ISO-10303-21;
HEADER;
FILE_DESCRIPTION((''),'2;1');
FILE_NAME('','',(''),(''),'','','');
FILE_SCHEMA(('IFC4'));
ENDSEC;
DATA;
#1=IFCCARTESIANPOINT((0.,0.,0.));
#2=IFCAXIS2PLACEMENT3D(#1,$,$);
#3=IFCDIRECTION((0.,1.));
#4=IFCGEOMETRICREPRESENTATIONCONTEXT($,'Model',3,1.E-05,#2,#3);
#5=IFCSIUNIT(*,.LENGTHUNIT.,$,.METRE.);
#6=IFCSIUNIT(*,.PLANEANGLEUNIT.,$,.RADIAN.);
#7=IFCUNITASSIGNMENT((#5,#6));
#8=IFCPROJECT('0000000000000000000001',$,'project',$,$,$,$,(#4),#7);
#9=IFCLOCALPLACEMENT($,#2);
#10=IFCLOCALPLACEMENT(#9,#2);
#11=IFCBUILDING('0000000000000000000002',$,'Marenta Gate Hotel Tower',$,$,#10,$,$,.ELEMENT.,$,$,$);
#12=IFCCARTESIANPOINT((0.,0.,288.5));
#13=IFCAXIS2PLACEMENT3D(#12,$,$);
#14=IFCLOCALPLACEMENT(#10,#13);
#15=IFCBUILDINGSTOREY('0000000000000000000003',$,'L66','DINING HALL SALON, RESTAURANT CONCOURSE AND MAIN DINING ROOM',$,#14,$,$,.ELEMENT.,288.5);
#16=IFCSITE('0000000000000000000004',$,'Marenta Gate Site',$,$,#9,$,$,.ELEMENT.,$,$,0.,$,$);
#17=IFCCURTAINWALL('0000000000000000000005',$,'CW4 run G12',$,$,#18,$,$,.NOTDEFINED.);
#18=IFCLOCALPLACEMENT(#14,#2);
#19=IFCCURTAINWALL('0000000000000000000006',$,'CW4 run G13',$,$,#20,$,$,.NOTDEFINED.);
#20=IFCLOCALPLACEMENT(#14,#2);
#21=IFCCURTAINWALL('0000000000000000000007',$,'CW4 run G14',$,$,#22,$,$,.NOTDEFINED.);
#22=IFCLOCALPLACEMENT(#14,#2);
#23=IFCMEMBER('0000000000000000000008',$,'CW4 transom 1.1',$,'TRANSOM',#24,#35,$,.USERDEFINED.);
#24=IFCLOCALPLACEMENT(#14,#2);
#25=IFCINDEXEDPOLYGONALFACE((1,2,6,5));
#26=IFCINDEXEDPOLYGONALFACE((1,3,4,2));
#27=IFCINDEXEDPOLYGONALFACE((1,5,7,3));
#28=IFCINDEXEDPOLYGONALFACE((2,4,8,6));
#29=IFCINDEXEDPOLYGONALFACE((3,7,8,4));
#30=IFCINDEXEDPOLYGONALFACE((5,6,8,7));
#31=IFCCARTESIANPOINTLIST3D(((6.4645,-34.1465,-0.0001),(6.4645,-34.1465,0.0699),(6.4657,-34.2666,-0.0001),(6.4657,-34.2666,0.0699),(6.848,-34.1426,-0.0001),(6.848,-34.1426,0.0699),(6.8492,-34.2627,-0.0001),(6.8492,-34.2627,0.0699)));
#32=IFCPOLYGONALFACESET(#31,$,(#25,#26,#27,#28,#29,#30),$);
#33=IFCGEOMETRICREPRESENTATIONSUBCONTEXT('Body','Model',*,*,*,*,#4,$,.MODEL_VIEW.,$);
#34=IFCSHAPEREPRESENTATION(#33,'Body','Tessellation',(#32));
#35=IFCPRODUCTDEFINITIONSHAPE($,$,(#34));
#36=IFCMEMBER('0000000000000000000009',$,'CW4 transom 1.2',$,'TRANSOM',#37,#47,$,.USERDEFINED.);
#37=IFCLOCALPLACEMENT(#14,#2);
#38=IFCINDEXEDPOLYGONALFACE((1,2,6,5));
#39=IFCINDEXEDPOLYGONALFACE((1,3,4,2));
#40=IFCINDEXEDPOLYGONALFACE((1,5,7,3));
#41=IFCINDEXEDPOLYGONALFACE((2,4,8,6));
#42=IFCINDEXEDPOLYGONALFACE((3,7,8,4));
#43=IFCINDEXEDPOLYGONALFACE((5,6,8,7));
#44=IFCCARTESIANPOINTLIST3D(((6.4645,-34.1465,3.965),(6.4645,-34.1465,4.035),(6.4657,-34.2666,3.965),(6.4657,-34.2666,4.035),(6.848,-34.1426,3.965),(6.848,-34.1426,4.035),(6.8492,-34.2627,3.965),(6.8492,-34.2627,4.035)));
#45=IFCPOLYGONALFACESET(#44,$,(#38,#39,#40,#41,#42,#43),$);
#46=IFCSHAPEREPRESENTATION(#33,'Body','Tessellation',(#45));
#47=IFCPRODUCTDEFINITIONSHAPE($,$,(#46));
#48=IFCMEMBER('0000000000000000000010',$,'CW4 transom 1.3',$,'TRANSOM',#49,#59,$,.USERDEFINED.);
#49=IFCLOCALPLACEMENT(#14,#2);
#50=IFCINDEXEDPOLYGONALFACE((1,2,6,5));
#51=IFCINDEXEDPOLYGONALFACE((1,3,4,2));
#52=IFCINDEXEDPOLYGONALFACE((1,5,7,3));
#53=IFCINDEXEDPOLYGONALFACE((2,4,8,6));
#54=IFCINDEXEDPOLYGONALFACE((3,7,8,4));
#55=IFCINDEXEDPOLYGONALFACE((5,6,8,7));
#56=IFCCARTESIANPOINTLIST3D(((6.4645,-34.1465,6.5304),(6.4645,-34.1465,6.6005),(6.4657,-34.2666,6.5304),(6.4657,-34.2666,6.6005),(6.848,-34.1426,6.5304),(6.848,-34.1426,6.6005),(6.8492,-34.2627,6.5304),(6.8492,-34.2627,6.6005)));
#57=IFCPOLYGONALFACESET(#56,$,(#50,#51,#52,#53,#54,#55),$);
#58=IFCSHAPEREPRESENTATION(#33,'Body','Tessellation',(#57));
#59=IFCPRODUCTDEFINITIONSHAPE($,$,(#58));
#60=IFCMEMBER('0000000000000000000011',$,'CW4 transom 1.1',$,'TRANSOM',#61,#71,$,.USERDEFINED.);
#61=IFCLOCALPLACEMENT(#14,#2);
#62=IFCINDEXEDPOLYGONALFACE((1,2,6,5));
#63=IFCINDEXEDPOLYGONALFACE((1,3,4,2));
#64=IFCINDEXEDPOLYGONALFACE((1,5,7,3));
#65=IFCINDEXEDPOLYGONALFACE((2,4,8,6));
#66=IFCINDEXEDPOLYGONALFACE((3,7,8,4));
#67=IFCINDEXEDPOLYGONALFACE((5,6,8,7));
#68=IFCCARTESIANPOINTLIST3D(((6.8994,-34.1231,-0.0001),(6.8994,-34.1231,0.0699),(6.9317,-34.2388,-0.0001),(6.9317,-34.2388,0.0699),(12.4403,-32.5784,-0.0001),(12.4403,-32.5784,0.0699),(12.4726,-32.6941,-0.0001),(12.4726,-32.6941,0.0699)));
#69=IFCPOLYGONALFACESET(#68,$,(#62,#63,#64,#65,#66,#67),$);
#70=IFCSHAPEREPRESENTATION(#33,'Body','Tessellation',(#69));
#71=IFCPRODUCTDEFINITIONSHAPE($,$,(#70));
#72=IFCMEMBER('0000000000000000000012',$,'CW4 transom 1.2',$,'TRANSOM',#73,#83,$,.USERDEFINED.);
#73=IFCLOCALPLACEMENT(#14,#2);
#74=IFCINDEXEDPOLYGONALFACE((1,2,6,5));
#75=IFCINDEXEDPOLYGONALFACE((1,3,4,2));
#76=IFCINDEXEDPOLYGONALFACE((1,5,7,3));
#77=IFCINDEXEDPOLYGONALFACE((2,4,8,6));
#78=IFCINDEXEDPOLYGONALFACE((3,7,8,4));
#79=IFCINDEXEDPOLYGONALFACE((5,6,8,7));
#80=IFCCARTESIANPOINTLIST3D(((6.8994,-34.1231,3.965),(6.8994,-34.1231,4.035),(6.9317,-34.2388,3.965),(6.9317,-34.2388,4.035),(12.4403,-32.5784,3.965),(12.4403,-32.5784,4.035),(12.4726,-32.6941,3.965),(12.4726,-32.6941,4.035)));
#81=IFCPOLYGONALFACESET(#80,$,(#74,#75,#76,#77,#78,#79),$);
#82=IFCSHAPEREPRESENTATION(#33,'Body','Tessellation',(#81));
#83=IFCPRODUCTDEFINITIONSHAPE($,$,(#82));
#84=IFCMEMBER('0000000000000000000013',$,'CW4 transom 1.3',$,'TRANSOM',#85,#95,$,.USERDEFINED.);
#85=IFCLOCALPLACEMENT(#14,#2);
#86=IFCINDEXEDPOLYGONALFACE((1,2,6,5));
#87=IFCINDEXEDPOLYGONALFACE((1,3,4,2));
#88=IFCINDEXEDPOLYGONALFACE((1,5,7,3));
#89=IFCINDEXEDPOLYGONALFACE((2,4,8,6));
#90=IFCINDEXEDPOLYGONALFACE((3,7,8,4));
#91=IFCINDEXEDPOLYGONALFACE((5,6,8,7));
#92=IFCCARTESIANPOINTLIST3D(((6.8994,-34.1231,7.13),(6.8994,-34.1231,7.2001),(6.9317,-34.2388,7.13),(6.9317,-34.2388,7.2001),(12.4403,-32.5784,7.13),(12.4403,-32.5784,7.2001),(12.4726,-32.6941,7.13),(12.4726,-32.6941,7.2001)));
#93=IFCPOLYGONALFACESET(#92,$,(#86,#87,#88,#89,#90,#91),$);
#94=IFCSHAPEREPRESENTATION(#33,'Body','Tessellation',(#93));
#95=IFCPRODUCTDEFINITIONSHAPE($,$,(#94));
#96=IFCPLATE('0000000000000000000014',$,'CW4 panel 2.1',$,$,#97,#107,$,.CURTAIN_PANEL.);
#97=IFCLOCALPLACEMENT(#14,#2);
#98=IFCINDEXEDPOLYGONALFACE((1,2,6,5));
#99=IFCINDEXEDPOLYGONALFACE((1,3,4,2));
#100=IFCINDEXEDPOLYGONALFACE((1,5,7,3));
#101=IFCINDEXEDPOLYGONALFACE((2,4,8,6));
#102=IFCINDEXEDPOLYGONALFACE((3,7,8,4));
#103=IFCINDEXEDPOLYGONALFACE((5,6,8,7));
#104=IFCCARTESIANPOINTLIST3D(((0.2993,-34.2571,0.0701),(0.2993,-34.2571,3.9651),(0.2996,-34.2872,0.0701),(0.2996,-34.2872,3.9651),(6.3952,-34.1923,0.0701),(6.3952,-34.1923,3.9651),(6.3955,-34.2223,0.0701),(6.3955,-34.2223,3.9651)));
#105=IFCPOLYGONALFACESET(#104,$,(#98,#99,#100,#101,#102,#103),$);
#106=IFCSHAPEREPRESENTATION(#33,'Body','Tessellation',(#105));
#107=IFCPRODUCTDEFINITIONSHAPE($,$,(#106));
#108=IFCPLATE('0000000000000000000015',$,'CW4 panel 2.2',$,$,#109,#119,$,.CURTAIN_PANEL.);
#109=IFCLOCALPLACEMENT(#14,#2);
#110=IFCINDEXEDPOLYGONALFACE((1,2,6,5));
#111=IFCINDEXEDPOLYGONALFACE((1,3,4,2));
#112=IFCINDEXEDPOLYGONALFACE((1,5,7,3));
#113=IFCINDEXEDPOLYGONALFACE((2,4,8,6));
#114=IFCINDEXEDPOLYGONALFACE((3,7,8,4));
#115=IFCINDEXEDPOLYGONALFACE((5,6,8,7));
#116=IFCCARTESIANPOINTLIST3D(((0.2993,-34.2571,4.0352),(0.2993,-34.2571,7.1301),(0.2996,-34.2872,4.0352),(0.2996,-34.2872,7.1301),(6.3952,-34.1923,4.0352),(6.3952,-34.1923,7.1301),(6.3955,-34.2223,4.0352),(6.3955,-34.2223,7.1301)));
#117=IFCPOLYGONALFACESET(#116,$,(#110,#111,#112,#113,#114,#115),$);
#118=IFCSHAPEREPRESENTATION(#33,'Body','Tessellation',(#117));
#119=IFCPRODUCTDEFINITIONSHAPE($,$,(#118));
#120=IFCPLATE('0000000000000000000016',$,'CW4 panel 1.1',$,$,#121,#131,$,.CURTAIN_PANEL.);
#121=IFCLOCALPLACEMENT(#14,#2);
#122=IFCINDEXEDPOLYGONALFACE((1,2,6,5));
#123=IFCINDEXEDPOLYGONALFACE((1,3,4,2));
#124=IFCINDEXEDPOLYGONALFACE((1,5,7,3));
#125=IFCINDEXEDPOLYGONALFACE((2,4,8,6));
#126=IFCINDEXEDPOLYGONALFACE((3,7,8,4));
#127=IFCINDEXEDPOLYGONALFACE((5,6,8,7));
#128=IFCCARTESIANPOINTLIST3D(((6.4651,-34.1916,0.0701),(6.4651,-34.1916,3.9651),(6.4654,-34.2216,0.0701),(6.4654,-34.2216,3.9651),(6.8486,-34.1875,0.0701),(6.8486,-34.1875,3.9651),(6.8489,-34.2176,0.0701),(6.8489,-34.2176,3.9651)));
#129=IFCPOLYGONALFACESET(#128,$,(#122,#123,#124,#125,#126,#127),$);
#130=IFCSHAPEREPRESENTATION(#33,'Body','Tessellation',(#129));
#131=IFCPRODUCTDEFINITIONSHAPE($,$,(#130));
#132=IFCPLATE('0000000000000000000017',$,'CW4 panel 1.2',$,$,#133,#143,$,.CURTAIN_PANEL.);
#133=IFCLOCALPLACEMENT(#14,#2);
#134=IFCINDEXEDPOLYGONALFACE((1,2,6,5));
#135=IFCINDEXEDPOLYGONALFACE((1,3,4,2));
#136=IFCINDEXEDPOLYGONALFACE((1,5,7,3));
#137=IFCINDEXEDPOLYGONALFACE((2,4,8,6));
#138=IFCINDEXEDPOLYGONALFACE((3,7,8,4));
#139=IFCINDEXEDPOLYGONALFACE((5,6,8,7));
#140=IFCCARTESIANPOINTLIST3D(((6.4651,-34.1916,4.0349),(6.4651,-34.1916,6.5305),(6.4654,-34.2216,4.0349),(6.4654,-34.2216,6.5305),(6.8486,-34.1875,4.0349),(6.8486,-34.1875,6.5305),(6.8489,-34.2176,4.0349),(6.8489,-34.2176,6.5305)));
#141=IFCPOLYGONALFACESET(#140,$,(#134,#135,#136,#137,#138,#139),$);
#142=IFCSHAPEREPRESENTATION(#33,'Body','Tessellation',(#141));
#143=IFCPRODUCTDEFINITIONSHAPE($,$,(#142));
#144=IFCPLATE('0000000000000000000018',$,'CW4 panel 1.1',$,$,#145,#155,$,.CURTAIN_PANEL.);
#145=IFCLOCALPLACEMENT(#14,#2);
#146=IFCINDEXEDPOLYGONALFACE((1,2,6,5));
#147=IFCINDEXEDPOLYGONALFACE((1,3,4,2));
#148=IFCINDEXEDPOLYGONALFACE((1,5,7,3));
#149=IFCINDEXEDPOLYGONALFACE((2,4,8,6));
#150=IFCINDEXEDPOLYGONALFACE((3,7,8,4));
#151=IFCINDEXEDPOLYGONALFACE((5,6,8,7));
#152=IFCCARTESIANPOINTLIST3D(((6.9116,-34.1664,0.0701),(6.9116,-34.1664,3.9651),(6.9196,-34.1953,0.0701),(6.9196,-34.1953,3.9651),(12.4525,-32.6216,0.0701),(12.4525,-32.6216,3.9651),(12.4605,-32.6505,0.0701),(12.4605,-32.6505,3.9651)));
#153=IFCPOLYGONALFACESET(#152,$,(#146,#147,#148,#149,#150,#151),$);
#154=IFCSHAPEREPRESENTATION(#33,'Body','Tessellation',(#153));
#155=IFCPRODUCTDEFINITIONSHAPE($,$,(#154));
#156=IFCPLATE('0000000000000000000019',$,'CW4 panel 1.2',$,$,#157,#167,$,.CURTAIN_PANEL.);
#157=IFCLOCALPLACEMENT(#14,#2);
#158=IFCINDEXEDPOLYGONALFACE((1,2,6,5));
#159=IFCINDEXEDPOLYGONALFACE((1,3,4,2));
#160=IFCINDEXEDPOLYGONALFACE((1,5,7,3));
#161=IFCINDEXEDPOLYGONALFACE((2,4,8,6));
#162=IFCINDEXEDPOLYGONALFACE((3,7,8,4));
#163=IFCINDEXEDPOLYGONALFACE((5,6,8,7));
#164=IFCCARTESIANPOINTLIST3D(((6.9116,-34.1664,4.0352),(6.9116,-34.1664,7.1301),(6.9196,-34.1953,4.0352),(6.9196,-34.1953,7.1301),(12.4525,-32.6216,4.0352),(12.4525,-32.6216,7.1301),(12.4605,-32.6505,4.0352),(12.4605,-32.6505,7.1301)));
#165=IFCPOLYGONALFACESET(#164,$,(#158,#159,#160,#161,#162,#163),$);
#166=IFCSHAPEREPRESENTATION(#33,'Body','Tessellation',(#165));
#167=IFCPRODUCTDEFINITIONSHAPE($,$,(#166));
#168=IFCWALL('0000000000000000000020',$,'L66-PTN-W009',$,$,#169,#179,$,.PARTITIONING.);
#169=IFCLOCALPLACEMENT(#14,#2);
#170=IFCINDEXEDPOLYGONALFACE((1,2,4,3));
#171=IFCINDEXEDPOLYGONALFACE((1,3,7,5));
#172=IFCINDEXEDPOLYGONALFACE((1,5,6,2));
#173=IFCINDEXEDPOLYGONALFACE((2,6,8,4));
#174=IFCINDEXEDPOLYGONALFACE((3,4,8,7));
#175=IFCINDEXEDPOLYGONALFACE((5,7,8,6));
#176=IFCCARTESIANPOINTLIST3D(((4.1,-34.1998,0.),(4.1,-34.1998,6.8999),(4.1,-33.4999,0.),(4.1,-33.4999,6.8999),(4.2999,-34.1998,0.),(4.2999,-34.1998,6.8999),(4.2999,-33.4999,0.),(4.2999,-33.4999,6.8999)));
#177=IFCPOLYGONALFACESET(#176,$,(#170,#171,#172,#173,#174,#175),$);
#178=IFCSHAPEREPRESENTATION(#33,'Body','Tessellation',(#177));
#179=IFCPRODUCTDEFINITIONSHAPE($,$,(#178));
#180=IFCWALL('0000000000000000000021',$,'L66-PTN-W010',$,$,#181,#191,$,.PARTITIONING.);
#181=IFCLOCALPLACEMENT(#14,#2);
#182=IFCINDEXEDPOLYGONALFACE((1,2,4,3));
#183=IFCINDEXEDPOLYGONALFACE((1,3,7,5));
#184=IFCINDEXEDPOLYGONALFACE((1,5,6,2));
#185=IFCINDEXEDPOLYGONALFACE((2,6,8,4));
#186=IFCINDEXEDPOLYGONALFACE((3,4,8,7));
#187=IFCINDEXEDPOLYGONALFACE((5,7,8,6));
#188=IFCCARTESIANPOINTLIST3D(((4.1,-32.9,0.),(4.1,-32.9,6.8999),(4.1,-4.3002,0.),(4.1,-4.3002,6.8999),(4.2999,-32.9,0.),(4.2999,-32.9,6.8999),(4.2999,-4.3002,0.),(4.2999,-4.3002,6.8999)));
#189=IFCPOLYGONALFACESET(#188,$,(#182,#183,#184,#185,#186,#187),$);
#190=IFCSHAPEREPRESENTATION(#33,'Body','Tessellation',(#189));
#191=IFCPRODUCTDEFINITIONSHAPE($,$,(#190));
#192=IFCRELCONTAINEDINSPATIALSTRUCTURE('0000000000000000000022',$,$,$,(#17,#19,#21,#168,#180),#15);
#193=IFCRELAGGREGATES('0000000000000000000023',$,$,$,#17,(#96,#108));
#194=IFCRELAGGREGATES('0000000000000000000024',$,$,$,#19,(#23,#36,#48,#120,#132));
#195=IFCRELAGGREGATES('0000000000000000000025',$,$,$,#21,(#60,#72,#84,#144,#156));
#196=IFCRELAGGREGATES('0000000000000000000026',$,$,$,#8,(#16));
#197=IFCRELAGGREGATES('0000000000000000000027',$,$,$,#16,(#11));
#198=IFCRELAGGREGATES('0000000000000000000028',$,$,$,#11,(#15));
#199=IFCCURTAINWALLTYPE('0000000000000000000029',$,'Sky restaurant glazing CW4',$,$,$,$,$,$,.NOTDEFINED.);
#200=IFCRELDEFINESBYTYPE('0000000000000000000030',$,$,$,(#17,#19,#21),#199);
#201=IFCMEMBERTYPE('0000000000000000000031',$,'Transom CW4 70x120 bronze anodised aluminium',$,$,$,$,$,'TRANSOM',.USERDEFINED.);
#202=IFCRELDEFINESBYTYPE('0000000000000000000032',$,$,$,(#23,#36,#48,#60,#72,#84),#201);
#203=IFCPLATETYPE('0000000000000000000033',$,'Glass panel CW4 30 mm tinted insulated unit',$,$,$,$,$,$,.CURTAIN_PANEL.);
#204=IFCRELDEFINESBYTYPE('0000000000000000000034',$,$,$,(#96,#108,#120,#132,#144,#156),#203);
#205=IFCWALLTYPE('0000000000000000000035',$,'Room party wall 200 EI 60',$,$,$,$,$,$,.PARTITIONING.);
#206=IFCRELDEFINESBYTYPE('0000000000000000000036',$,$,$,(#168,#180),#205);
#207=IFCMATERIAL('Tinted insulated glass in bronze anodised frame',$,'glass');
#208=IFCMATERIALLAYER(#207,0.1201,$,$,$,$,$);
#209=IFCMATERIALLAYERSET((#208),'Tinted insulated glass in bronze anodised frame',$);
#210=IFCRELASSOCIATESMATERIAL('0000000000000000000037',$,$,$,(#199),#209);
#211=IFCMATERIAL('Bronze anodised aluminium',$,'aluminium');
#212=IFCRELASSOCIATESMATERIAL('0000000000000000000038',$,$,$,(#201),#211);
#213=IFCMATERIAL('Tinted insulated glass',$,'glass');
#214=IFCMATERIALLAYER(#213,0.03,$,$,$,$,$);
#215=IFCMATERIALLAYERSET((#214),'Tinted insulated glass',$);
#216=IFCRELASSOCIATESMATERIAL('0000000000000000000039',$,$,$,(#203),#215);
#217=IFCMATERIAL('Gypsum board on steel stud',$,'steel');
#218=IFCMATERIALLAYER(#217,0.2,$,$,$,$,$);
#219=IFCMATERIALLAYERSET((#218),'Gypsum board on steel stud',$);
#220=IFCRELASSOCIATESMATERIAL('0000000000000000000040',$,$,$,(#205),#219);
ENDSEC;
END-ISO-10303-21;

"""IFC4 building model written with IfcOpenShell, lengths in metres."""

from ifc_helpers import new_model, si_unit, direction, frame, frame_2d, origin, origin_2d, place, context, subcontext, project, spatial, rectangle, extrude, material, layer, layer_set, material_profile, profile_set, type_object, element, aggregate, save


model = new_model("IFC4")

# Units and contexts
model_context = context("Model", 3, precision=1e-05, world=origin(), true_north=direction((0.0, 1.0)))
body_context = subcontext(model_context, "Body", "Model", "MODEL_VIEW")
ifc_project = project(units=[si_unit("LENGTHUNIT", "METRE"), si_unit("PLANEANGLEUNIT", "RADIAN")], contexts=[model_context])

# Site, building, storey
site_placement = place(None, origin())
site = spatial("IfcSite", under=ifc_project, at=site_placement, Name="Marenta Gate Site", CompositionType="ELEMENT", RefElevation=0.0)
building_placement = place(site_placement, origin())
building = spatial("IfcBuilding", under=site, at=building_placement, Name="Marenta Gate Hotel Tower", CompositionType="ELEMENT")
storey_placement = place(building_placement, frame((0.0, 0.0, 288.5)))
storey = spatial("IfcBuildingStorey", under=building, at=storey_placement, Name="L66", Description="DINING HALL SALON, RESTAURANT CONCOURSE AND MAIN DINING ROOM", CompositionType="ELEMENT", Elevation=288.5)

# Curtain walls
ifc_material_1 = material(Name="Tinted insulated glass in bronze anodised frame", Category="glass")
ifc_layer_1 = layer(ifc_material_1, 0.1201)
ifc_layer_set_1 = layer_set([ifc_layer_1], Name="Tinted insulated glass in bronze anodised frame")
curtain_wall_type = type_object("IfcCurtainWallType", Name="Sky restaurant glazing CW4", PredefinedType="NOTDEFINED", material=ifc_layer_set_1)
curtain_wall_1_placement = place(storey_placement, origin())
curtain_wall_1 = element("IfcCurtainWall", 1, at=curtain_wall_1_placement, inside=storey, type_object=curtain_wall_type, Name="CW4 run G12", PredefinedType="NOTDEFINED")
curtain_wall_2_placement = place(storey_placement, origin())
curtain_wall_2 = element("IfcCurtainWall", 2, at=curtain_wall_2_placement, inside=storey, type_object=curtain_wall_type, Name="CW4 run G13", PredefinedType="NOTDEFINED")
curtain_wall_3_placement = place(storey_placement, origin())
curtain_wall_3 = element("IfcCurtainWall", 3, at=curtain_wall_3_placement, inside=storey, type_object=curtain_wall_type, Name="CW4 run G14", PredefinedType="NOTDEFINED")

# Members
ifc_material_2 = material(Name="Bronze anodised aluminium", Category="aluminium")
ifc_material_profile_1 = material_profile(ifc_material_2, rectangle(XDim=0.1201, YDim=0.0701, at=origin_2d()), Name="Transom CW4 70x120 bronze anodised aluminium")
ifc_profile_set_1 = profile_set([ifc_material_profile_1], Name="Bronze anodised aluminium")
member_type_1 = type_object("IfcMemberType", Name="Transom CW4 70x120 bronze anodised aluminium", ElementType="TRANSOM", PredefinedType="USERDEFINED", material=ifc_profile_set_1)
member_1_placement = place(storey_placement, frame((6.4651, -34.2065, 0.0349), z_axis=(0.999948, 0.010184, 0.0), x_axis=(-0.010184, 0.999948, 0.0)))
member_1 = element("IfcMember", 4, at=member_1_placement, type_object=member_type_1, Name="CW4 transom 1.1", ObjectType="TRANSOM", PredefinedType="USERDEFINED", context=body_context, shape_type="SweptSolid", body=[
    extrude(rectangle(XDim=0.1201, YDim=0.0701, at=origin_2d()), origin(), (0.0, 0.0, 1.0), 0.3835),
])
member_2_placement = place(storey_placement, frame((6.4651, -34.2065, 4.0), z_axis=(0.999948, 0.010184, 0.0), x_axis=(-0.010184, 0.999948, 0.0)))
member_2 = element("IfcMember", 5, at=member_2_placement, type_object=member_type_1, Name="CW4 transom 1.2", ObjectType="TRANSOM", PredefinedType="USERDEFINED", context=body_context, shape_type="SweptSolid", body=[
    extrude(rectangle(XDim=0.1201, YDim=0.0701, at=origin_2d()), origin(), (0.0, 0.0, 1.0), 0.3835),
])
member_3_placement = place(storey_placement, frame((6.4651, -34.2065, 6.5654), z_axis=(0.999948, 0.010184, 0.0), x_axis=(-0.010184, 0.999948, 0.0)))
member_3 = element("IfcMember", 6, at=member_3_placement, type_object=member_type_1, Name="CW4 transom 1.3", ObjectType="TRANSOM", PredefinedType="USERDEFINED", context=body_context, shape_type="SweptSolid", body=[
    extrude(rectangle(XDim=0.1201, YDim=0.0701, at=origin_2d()), origin(), (0.0, 0.0, 1.0), 0.3835),
])
member_4_placement = place(storey_placement, frame((6.9155, -34.1809, 0.0349), z_axis=(0.963271, 0.268532, 0.0), x_axis=(-0.268532, 0.963271, 0.0)))
member_4 = element("IfcMember", 7, at=member_4_placement, type_object=member_type_1, Name="CW4 transom 1.1", ObjectType="TRANSOM", PredefinedType="USERDEFINED", context=body_context, shape_type="SweptSolid", body=[
    extrude(rectangle(XDim=0.1201, YDim=0.0701, at=origin_2d()), origin(), (0.0, 0.0, 1.0), 5.7522),
])
member_5_placement = place(storey_placement, frame((6.9155, -34.1809, 4.0), z_axis=(0.963271, 0.268532, 0.0), x_axis=(-0.268532, 0.963271, 0.0)))
member_5 = element("IfcMember", 8, at=member_5_placement, type_object=member_type_1, Name="CW4 transom 1.2", ObjectType="TRANSOM", PredefinedType="USERDEFINED", context=body_context, shape_type="SweptSolid", body=[
    extrude(rectangle(XDim=0.1201, YDim=0.0701, at=origin_2d()), origin(), (0.0, 0.0, 1.0), 5.7522),
])
member_6_placement = place(storey_placement, frame((6.9155, -34.1809, 7.165), z_axis=(0.963271, 0.268532, 0.0), x_axis=(-0.268532, 0.963271, 0.0)))
member_6 = element("IfcMember", 9, at=member_6_placement, type_object=member_type_1, Name="CW4 transom 1.3", ObjectType="TRANSOM", PredefinedType="USERDEFINED", context=body_context, shape_type="SweptSolid", body=[
    extrude(rectangle(XDim=0.1201, YDim=0.0701, at=origin_2d()), origin(), (0.0, 0.0, 1.0), 5.7522),
])

# Plates
ifc_material_3 = material(Name="Tinted insulated glass", Category="glass")
ifc_layer_2 = layer(ifc_material_3, 0.03)
ifc_layer_set_2 = layer_set([ifc_layer_2], Name="Tinted insulated glass")
plate_type = type_object("IfcPlateType", Name="Glass panel CW4 30 mm tinted insulated unit", PredefinedType="CURTAIN_PANEL", material=ifc_layer_set_2)
plate_1_placement = place(storey_placement, frame((3.3474, -34.2397, 0.0701), z_axis=(0.0, 0.0, 1.0), x_axis=(0.999943, 0.010634, 0.0)))
plate_1 = element("IfcPlate", 10, at=plate_1_placement, type_object=plate_type, Name="CW4 panel 2.1", PredefinedType="CURTAIN_PANEL", context=body_context, shape_type="SweptSolid", body=[
    extrude(rectangle(XDim=6.0962, YDim=0.03, at=origin_2d()), origin(), (0.0, 0.0, 1.0), 3.895),
])
plate_2_placement = place(storey_placement, frame((3.3474, -34.2397, 4.0352), z_axis=(0.0, 0.0, 1.0), x_axis=(0.999943, 0.010634, 0.0)))
plate_2 = element("IfcPlate", 11, at=plate_2_placement, type_object=plate_type, Name="CW4 panel 2.2", PredefinedType="CURTAIN_PANEL", context=body_context, shape_type="SweptSolid", body=[
    extrude(rectangle(XDim=6.0962, YDim=0.03, at=origin_2d()), origin(), (0.0, 0.0, 1.0), 3.095),
])
aggregate(curtain_wall_1, [plate_1, plate_2])
plate_3_placement = place(storey_placement, frame((6.657, -34.2046, 0.0701), z_axis=(0.0, 0.0, 1.0), x_axis=(0.999943, 0.010633, 0.0)))
plate_3 = element("IfcPlate", 12, at=plate_3_placement, type_object=plate_type, Name="CW4 panel 1.1", PredefinedType="CURTAIN_PANEL", context=body_context, shape_type="SweptSolid", body=[
    extrude(rectangle(XDim=0.3835, YDim=0.03, at=origin_2d()), origin(), (0.0, 0.0, 1.0), 3.895),
])
plate_4_placement = place(storey_placement, frame((6.657, -34.2046, 4.0349), z_axis=(0.0, 0.0, 1.0), x_axis=(0.999943, 0.010633, 0.0)))
plate_4 = element("IfcPlate", 13, at=plate_4_placement, type_object=plate_type, Name="CW4 panel 1.2", PredefinedType="CURTAIN_PANEL", context=body_context, shape_type="SweptSolid", body=[
    extrude(rectangle(XDim=0.3835, YDim=0.03, at=origin_2d()), origin(), (0.0, 0.0, 1.0), 2.4956),
])
aggregate(curtain_wall_2, [member_1, member_2, member_3, plate_3, plate_4])
plate_5_placement = place(storey_placement, frame((9.686, -33.4084, 0.0701), z_axis=(0.0, 0.0, 1.0), x_axis=(0.963266, 0.268549, 0.0)))
plate_5 = element("IfcPlate", 14, at=plate_5_placement, type_object=plate_type, Name="CW4 panel 1.1", PredefinedType="CURTAIN_PANEL", context=body_context, shape_type="SweptSolid", body=[
    extrude(rectangle(XDim=5.7522, YDim=0.03, at=origin_2d()), origin(), (0.0, 0.0, 1.0), 3.895),
])
plate_6_placement = place(storey_placement, frame((9.686, -33.4084, 4.0352), z_axis=(0.0, 0.0, 1.0), x_axis=(0.963266, 0.268549, 0.0)))
plate_6 = element("IfcPlate", 15, at=plate_6_placement, type_object=plate_type, Name="CW4 panel 1.2", PredefinedType="CURTAIN_PANEL", context=body_context, shape_type="SweptSolid", body=[
    extrude(rectangle(XDim=5.7522, YDim=0.03, at=origin_2d()), origin(), (0.0, 0.0, 1.0), 3.095),
])
aggregate(curtain_wall_3, [member_4, member_5, member_6, plate_5, plate_6])

# Walls
ifc_material_4 = material(Name="Gypsum board on steel stud", Category="steel")
ifc_layer_3 = layer(ifc_material_4, 0.2)
ifc_layer_set_3 = layer_set([ifc_layer_3], Name="Gypsum board on steel stud")
wall_type = type_object("IfcWallType", Name="Room party wall 200 EI 60", PredefinedType="PARTITIONING", material=ifc_layer_set_3)
wall_1_placement = place(storey_placement, frame((4.2, -34.2, 0.0), z_axis=(0.0, 0.0, 1.0), x_axis=(0.0, 1.0, 0.0)))
element("IfcWall", 16, at=wall_1_placement, inside=storey, type_object=wall_type, Name="L66-PTN-W009", PredefinedType="PARTITIONING", context=body_context, shape_type="SweptSolid", body=[
    extrude(rectangle(XDim=0.7, YDim=0.2, at=frame_2d((0.3501, 0.0))), origin(), (0.0, 0.0, 1.0), 6.8999),
])
wall_2_placement = place(storey_placement, frame((4.2, -32.8999, 0.0), z_axis=(0.0, 0.0, 1.0), x_axis=(0.0, 1.0, 0.0)))
element("IfcWall", 17, at=wall_2_placement, inside=storey, type_object=wall_type, Name="L66-PTN-W010", PredefinedType="PARTITIONING", context=body_context, shape_type="SweptSolid", body=[
    extrude(rectangle(XDim=28.5999, YDim=0.2, at=frame_2d((14.2998, 0.0))), origin(), (0.0, 0.0, 1.0), 6.8999),
])

save(model, "model.ifc")
